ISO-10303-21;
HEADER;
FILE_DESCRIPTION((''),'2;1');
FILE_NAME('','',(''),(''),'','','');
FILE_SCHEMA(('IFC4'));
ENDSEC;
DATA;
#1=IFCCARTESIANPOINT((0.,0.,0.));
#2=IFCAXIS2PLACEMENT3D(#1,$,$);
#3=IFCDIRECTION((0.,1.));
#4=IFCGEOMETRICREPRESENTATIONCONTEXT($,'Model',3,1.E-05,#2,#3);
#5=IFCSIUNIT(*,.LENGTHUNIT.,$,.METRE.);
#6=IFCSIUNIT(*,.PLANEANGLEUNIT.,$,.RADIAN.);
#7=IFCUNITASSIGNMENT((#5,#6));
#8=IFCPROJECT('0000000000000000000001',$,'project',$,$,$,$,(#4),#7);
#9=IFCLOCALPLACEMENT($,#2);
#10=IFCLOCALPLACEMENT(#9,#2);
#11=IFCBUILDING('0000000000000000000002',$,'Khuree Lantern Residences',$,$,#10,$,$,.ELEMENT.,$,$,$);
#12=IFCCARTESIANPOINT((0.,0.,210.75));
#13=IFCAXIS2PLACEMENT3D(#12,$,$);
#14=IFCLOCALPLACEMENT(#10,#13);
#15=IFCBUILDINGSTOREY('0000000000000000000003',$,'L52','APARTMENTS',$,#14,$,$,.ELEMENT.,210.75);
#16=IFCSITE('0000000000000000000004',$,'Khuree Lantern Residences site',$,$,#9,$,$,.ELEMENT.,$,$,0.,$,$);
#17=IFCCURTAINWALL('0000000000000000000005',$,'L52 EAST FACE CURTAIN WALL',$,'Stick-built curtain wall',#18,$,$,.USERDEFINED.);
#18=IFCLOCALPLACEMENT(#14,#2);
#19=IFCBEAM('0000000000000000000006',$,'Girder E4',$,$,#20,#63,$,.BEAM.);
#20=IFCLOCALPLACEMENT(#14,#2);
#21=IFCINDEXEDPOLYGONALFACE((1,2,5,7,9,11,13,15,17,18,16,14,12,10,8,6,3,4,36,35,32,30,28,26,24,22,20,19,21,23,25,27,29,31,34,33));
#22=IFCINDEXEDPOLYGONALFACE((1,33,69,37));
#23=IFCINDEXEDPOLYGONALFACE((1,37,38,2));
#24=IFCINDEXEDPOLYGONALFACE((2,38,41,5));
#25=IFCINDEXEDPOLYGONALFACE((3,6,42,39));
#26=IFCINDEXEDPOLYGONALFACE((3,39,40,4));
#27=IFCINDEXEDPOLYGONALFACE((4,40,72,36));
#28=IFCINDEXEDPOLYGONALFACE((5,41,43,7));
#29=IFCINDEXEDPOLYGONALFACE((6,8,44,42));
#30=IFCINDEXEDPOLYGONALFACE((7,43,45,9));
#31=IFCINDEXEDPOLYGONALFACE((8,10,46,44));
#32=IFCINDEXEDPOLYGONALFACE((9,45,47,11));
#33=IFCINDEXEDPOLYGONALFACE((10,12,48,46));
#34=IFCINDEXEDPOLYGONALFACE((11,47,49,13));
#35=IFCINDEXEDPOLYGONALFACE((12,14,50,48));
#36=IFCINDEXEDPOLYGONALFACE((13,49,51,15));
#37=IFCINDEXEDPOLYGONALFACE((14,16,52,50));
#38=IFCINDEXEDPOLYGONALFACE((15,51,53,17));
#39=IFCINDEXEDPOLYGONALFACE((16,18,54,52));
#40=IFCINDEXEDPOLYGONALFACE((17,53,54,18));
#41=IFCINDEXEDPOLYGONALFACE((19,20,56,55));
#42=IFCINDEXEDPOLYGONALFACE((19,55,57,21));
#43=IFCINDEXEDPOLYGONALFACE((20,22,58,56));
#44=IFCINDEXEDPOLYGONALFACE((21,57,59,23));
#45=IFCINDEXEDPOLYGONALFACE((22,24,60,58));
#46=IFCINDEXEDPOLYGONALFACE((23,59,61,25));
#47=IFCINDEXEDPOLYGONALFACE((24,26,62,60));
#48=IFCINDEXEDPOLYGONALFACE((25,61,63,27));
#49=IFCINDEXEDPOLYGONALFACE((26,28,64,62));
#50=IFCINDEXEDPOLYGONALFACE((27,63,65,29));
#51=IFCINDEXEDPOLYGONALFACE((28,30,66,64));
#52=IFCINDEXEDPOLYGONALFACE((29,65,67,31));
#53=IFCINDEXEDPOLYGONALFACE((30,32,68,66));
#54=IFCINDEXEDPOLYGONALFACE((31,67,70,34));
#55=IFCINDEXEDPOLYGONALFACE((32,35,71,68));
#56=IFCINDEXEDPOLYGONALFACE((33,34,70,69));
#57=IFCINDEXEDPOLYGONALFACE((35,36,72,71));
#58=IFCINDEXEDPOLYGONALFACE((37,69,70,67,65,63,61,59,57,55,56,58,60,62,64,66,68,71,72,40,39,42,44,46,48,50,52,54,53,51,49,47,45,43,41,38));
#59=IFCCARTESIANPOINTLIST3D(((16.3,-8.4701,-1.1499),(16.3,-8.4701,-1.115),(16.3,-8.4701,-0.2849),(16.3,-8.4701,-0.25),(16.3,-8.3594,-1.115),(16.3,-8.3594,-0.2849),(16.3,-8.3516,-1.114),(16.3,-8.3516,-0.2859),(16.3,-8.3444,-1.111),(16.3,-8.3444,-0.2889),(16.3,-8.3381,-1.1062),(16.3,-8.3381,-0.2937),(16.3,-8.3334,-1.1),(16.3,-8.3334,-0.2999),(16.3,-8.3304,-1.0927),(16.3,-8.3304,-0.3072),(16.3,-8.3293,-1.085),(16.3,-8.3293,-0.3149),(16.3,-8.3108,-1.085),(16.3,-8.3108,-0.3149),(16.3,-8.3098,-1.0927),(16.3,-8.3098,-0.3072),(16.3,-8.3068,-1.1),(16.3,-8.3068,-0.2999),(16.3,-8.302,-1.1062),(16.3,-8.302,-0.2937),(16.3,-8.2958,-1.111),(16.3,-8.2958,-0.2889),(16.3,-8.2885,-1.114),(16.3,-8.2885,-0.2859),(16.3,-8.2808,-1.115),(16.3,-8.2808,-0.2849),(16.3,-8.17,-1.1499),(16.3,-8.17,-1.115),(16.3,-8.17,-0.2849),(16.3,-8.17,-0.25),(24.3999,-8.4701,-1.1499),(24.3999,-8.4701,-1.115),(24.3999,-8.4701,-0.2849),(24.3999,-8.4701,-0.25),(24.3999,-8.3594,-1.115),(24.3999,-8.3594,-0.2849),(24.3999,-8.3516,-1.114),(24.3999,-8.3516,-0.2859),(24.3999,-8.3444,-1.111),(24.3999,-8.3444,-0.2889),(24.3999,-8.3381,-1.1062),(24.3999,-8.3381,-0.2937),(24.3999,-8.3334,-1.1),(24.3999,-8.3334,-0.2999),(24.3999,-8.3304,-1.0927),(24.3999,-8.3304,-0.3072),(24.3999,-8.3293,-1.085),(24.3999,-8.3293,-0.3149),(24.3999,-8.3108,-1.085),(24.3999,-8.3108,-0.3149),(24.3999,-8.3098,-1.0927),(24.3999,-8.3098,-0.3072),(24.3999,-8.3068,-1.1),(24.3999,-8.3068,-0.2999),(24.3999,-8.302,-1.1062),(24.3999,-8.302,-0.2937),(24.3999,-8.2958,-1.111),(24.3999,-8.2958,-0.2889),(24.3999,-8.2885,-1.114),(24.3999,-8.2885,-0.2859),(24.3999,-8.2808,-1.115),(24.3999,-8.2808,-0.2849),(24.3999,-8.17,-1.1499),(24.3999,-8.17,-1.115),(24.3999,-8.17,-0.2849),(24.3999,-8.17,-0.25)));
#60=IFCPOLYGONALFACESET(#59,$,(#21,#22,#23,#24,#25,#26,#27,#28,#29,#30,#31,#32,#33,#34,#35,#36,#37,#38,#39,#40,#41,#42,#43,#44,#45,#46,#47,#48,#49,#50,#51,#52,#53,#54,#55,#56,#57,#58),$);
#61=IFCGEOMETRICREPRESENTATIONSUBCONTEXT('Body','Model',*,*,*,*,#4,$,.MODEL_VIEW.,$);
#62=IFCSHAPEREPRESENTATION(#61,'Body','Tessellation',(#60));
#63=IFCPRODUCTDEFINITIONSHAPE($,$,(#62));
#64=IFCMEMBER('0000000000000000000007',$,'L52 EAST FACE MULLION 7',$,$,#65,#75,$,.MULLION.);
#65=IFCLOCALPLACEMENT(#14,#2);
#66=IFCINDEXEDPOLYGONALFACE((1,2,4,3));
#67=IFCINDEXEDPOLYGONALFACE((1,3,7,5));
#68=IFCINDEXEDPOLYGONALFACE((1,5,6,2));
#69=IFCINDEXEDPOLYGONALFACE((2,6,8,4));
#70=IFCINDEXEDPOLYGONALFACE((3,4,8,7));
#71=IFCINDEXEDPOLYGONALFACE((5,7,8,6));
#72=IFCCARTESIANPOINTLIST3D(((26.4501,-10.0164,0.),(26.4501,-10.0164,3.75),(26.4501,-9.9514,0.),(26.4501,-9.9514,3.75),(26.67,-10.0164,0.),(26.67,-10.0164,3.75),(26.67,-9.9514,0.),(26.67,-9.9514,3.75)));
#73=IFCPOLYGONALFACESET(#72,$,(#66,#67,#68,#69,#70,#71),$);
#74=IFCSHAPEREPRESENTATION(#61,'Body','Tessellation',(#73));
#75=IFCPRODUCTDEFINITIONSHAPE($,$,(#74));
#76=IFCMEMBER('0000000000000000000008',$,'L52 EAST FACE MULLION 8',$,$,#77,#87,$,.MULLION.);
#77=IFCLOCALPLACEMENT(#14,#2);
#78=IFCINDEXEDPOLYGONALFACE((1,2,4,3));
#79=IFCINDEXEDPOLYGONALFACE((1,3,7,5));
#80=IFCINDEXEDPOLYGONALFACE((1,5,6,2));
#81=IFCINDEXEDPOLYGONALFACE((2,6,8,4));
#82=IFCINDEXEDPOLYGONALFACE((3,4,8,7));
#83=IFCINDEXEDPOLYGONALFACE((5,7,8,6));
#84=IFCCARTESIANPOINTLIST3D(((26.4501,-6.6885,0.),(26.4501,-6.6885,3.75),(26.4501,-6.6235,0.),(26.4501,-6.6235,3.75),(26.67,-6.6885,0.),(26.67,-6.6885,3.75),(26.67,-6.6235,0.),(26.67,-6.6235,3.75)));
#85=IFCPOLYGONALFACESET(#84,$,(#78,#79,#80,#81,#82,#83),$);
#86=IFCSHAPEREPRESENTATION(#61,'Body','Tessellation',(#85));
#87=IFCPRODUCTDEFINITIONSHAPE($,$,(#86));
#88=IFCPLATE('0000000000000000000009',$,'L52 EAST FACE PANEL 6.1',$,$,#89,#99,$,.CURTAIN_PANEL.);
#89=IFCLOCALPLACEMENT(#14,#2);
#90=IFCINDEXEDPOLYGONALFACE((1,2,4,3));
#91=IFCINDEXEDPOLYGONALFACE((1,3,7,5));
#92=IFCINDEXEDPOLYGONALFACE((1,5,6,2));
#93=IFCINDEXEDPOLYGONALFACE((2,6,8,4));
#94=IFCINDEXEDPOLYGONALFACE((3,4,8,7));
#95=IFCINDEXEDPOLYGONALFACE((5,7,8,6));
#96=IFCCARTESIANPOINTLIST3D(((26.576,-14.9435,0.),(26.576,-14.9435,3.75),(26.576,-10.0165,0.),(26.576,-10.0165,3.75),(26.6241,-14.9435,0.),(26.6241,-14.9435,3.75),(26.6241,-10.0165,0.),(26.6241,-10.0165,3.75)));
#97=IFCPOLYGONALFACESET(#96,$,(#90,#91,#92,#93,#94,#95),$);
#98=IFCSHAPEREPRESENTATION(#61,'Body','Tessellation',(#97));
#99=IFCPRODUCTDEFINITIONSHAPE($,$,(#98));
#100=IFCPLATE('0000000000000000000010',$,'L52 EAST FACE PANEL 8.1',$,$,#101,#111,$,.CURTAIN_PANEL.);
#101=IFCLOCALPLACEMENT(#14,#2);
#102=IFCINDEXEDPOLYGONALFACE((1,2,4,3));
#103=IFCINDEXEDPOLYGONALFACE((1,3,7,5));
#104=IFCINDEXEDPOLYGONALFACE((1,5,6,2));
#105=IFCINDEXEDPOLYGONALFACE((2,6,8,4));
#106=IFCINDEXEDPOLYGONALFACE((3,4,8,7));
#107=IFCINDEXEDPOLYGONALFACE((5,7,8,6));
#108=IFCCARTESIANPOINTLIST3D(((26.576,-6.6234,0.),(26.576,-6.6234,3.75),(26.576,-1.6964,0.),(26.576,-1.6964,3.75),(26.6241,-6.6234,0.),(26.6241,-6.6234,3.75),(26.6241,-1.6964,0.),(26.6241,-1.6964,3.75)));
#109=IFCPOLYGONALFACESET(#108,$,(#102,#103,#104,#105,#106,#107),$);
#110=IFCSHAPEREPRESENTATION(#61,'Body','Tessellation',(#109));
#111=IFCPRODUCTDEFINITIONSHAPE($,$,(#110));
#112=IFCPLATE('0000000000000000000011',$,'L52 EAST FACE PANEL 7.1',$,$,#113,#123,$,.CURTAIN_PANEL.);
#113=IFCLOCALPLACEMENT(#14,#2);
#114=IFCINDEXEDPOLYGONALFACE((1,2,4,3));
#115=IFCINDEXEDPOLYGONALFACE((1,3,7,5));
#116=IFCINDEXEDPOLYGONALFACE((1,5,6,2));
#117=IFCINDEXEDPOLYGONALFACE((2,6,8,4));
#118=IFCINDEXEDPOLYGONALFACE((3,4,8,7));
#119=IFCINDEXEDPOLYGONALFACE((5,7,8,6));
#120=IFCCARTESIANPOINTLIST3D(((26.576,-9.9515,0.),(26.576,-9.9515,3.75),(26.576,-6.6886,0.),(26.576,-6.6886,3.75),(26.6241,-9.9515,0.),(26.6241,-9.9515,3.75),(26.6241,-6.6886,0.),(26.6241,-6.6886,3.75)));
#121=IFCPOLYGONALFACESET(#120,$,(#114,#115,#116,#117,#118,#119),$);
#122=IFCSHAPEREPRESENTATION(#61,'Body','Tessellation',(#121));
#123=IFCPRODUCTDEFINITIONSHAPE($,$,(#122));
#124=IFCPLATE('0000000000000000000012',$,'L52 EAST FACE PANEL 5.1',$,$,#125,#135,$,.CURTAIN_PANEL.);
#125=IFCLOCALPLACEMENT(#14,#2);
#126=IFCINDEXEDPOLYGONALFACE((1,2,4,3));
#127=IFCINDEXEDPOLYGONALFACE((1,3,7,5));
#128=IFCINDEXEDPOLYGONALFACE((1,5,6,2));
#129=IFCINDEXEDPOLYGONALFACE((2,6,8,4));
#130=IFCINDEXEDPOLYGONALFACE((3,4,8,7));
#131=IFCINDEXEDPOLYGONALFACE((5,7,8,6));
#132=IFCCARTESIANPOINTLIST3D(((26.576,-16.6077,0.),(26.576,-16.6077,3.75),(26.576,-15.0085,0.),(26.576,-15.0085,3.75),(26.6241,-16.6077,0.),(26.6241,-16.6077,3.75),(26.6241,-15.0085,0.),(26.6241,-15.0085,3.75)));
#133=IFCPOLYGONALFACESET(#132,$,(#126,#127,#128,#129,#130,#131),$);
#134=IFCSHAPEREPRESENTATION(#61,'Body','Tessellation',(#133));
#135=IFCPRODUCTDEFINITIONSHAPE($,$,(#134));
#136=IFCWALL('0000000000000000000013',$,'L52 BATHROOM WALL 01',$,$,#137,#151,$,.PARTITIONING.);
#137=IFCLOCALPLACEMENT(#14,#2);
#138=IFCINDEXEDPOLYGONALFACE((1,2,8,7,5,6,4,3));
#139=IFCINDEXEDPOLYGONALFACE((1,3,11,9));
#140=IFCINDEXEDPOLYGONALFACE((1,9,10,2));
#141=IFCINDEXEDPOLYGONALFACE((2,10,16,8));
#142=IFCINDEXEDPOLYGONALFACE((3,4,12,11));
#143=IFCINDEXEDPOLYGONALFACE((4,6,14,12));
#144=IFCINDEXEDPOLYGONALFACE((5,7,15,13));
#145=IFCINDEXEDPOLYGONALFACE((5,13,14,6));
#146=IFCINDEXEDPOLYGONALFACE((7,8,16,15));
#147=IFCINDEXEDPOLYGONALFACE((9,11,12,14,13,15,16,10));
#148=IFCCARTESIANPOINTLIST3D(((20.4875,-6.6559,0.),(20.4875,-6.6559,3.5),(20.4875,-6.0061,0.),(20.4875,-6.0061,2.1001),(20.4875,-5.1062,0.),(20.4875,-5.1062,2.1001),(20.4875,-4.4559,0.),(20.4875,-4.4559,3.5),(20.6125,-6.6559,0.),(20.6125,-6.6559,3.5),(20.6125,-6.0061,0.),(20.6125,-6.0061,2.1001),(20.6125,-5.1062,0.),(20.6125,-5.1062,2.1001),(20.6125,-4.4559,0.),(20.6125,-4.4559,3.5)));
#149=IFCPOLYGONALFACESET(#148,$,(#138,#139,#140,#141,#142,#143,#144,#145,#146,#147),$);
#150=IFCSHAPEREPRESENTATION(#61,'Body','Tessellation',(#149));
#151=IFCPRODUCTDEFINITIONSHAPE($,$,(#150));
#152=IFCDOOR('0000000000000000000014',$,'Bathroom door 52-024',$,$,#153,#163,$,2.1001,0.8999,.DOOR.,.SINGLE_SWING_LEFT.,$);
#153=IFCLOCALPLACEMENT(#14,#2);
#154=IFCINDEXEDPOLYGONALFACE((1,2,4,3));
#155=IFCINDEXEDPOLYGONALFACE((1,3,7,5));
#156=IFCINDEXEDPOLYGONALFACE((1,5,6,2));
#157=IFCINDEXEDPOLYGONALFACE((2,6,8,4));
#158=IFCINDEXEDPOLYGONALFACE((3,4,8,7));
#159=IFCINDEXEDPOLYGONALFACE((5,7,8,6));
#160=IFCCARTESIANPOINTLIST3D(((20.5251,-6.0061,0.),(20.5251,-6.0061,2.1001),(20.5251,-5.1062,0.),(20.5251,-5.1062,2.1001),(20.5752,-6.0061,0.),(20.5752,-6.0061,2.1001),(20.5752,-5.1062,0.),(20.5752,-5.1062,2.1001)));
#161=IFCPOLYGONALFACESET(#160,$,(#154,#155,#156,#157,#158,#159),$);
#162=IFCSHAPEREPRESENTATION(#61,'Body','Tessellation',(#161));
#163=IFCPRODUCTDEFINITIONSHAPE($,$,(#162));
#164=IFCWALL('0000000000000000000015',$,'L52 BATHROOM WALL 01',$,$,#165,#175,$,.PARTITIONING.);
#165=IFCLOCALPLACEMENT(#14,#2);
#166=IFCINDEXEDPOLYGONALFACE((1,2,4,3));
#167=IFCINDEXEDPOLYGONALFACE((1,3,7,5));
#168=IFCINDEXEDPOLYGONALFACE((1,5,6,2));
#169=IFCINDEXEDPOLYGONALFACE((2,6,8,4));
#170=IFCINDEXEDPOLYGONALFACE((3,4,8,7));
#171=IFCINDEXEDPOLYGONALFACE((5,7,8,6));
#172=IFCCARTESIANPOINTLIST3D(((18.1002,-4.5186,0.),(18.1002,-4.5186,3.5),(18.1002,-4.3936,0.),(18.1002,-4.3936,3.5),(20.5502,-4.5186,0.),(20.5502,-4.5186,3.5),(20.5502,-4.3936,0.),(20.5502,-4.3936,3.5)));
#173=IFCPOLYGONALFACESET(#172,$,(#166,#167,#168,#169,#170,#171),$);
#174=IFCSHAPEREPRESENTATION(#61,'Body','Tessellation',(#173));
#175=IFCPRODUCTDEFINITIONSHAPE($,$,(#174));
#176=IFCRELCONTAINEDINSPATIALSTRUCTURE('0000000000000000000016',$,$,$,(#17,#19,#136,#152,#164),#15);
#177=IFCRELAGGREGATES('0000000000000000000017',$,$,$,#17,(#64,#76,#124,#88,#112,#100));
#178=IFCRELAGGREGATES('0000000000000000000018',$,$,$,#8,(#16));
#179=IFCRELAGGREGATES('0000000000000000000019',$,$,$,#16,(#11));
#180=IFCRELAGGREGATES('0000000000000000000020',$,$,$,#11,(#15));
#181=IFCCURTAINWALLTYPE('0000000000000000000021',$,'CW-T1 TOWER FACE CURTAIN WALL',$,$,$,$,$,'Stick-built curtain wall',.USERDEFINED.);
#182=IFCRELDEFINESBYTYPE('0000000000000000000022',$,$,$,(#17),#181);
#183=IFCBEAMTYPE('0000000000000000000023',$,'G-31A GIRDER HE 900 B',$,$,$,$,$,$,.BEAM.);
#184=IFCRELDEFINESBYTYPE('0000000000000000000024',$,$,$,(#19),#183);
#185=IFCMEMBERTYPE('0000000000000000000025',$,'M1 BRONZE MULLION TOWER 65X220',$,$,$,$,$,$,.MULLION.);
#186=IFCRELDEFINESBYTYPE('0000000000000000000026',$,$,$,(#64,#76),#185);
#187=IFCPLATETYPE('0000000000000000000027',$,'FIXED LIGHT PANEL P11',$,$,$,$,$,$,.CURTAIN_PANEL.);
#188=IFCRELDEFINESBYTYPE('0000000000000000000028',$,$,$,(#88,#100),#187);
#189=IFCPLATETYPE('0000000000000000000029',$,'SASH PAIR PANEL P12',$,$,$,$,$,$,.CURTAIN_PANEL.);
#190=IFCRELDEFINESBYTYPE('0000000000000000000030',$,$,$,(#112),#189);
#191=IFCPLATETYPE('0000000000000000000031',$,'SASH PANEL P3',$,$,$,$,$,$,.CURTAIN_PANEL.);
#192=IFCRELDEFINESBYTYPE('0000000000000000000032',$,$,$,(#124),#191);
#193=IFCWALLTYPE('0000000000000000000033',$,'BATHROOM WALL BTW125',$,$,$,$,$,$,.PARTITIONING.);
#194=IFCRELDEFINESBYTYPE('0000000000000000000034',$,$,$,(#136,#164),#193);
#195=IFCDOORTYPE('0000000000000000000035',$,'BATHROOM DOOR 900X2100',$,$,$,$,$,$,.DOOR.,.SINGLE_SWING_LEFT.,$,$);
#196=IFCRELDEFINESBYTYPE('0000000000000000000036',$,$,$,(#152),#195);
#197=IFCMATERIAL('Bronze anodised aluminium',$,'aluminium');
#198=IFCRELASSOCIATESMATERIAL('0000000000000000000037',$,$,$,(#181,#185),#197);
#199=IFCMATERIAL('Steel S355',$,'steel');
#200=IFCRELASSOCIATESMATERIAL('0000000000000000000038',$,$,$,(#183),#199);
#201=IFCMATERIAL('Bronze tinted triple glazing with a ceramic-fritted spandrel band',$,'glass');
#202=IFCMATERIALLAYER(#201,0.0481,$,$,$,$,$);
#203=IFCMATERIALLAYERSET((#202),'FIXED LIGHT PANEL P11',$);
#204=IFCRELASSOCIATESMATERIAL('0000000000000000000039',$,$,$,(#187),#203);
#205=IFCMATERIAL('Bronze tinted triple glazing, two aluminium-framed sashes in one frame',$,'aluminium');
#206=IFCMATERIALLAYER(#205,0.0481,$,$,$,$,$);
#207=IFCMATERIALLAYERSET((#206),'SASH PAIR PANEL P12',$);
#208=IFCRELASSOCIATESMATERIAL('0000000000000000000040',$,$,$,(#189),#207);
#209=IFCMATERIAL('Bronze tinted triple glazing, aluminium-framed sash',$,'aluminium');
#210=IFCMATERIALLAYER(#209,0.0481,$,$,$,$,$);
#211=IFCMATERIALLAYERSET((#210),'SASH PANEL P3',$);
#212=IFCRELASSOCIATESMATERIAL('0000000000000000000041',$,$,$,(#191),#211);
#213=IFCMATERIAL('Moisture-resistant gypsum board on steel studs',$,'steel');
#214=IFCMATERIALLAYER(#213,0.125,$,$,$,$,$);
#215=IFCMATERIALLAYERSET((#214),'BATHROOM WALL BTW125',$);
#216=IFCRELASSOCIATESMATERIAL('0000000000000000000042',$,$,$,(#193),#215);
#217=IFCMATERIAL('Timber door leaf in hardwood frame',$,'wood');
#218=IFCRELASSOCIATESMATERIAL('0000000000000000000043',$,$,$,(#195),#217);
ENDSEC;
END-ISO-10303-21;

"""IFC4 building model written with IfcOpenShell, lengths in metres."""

from ifc_helpers import new_model, si_unit, direction, frame, frame_2d, origin, origin_2d, place, context, subcontext, project, spatial, rectangle, i_section, extrude, material, layer, layer_set, material_profile, profile_set, type_object, element, fill, aggregate, save


model = new_model("IFC4")

# Units and contexts
model_context = context("Model", 3, precision=1e-05, world=origin(), true_north=direction((0.0, 1.0)))
body_context = subcontext(model_context, "Body", "Model", "MODEL_VIEW")
ifc_project = project(units=[si_unit("LENGTHUNIT", "METRE"), si_unit("PLANEANGLEUNIT", "RADIAN")], contexts=[model_context])

# Site, building, storey
site_placement = place(None, origin())
site = spatial("IfcSite", under=ifc_project, at=site_placement, Name="Khuree Lantern Residences site", CompositionType="ELEMENT", RefElevation=0.0)
building_placement = place(site_placement, origin())
building = spatial("IfcBuilding", under=site, at=building_placement, Name="Khuree Lantern Residences", CompositionType="ELEMENT")
storey_placement = place(building_placement, frame((0.0, 0.0, 210.75)))
storey = spatial("IfcBuildingStorey", under=building, at=storey_placement, Name="L52", Description="APARTMENTS", CompositionType="ELEMENT", Elevation=210.75)

# Shared definitions
ifc_material_1 = material(Name="Steel S355", Category="steel")

# Curtain wall
ifc_material_2 = material(Name="Bronze anodised aluminium", Category="aluminium")
curtain_wall_type = type_object("IfcCurtainWallType", Name="CW-T1 TOWER FACE CURTAIN WALL", ElementType="Stick-built curtain wall", PredefinedType="USERDEFINED", material=ifc_material_2)
curtain_wall_placement = place(storey_placement, origin())
curtain_wall = element("IfcCurtainWall", 1, at=curtain_wall_placement, inside=storey, type_object=curtain_wall_type, Name="L52 EAST FACE CURTAIN WALL", ObjectType="Stick-built curtain wall", PredefinedType="USERDEFINED")

# Beam
ifc_material_profile_1 = material_profile(ifc_material_1, i_section(OverallWidth=0.3, OverallDepth=0.8999, WebThickness=0.0186, FlangeThickness=0.0349, FilletRadius=0.03, at=origin_2d()), Name="HE 900 B")
ifc_profile_set_1 = profile_set([ifc_material_profile_1], Name="Steel S355")
beam_type_1 = type_object("IfcBeamType", Name="G-31A GIRDER HE 900 B", PredefinedType="BEAM", material=ifc_profile_set_1)
beam_1_placement = place(storey_placement, frame((24.3999, -8.3201, -0.7), z_axis=(-1.0, 0.0, 0.0), x_axis=(0.0, -1.0, 0.0)))
element("IfcBeam", 2, at=beam_1_placement, inside=storey, type_object=beam_type_1, Name="Girder E4", PredefinedType="BEAM", context=body_context, shape_type="SweptSolid", body=[
    extrude(i_section(OverallWidth=0.3, OverallDepth=0.8999, WebThickness=0.0186, FlangeThickness=0.0349, FilletRadius=0.03, at=origin_2d()), origin(), (0.0, 0.0, 1.0), 8.0999),
])

# Members
ifc_material_profile_2 = material_profile(ifc_material_2, rectangle(XDim=0.0649, YDim=0.22, at=origin_2d()), Name="M1 65X220")
ifc_profile_set_2 = profile_set([ifc_material_profile_2], Name="Bronze anodised aluminium")
member_type_1 = type_object("IfcMemberType", Name="M1 BRONZE MULLION TOWER 65X220", PredefinedType="MULLION", material=ifc_profile_set_2)
member_1_placement = place(storey_placement, frame((26.5601, -9.9839, 0.0), z_axis=(0.0, 0.0, 1.0), x_axis=(0.0, 1.0, 0.0)))
member_1 = element("IfcMember", 3, at=member_1_placement, type_object=member_type_1, Name="L52 EAST FACE MULLION 7", PredefinedType="MULLION", context=body_context, shape_type="SweptSolid", body=[
    extrude(rectangle(XDim=0.0649, YDim=0.22, at=origin_2d()), origin(), (0.0, 0.0, 1.0), 3.75),
])
member_2_placement = place(storey_placement, frame((26.5601, -6.656, 0.0), z_axis=(0.0, 0.0, 1.0), x_axis=(0.0, 1.0, 0.0)))
member_2 = element("IfcMember", 4, at=member_2_placement, type_object=member_type_1, Name="L52 EAST FACE MULLION 8", PredefinedType="MULLION", context=body_context, shape_type="SweptSolid", body=[
    extrude(rectangle(XDim=0.0649, YDim=0.22, at=origin_2d()), origin(), (0.0, 0.0, 1.0), 3.75),
])

# Plates
ifc_material_3 = material(Name="Bronze tinted triple glazing with a ceramic-fritted spandrel band", Category="glass")
ifc_layer_1 = layer(ifc_material_3, 0.0481)
ifc_layer_set_1 = layer_set([ifc_layer_1], Name="FIXED LIGHT PANEL P11")
plate_type_1 = type_object("IfcPlateType", Name="FIXED LIGHT PANEL P11", PredefinedType="CURTAIN_PANEL", material=ifc_layer_set_1)
plate_1_placement = place(storey_placement, frame((26.6001, -12.48, 0.0), z_axis=(0.0, 0.0, 1.0), x_axis=(0.0, 1.0, 0.0)))
plate_1 = element("IfcPlate", 5, at=plate_1_placement, type_object=plate_type_1, Name="L52 EAST FACE PANEL 6.1", PredefinedType="CURTAIN_PANEL", context=body_context, shape_type="SweptSolid", body=[
    extrude(rectangle(XDim=4.927, YDim=0.0481, at=origin_2d()), origin(), (0.0, 0.0, 1.0), 3.75),
])
plate_2_placement = place(storey_placement, frame((26.6001, -4.1599, 0.0), z_axis=(0.0, 0.0, 1.0), x_axis=(0.0, 1.0, 0.0)))
plate_2 = element("IfcPlate", 6, at=plate_2_placement, type_object=plate_type_1, Name="L52 EAST FACE PANEL 8.1", PredefinedType="CURTAIN_PANEL", context=body_context, shape_type="SweptSolid", body=[
    extrude(rectangle(XDim=4.927, YDim=0.0481, at=origin_2d()), origin(), (0.0, 0.0, 1.0), 3.75),
])
ifc_material_4 = material(Name="Bronze tinted triple glazing, two aluminium-framed sashes in one frame", Category="aluminium")
ifc_layer_2 = layer(ifc_material_4, 0.0481)
ifc_layer_set_2 = layer_set([ifc_layer_2], Name="SASH PAIR PANEL P12")
plate_type_2 = type_object("IfcPlateType", Name="SASH PAIR PANEL P12", PredefinedType="CURTAIN_PANEL", material=ifc_layer_set_2)
plate_3_placement = place(storey_placement, frame((26.6001, -8.3201, 0.0), z_axis=(0.0, 0.0, 1.0), x_axis=(0.0, 1.0, 0.0)))
plate_3 = element("IfcPlate", 7, at=plate_3_placement, type_object=plate_type_2, Name="L52 EAST FACE PANEL 7.1", PredefinedType="CURTAIN_PANEL", context=body_context, shape_type="SweptSolid", body=[
    extrude(rectangle(XDim=3.2629, YDim=0.0481, at=origin_2d()), origin(), (0.0, 0.0, 1.0), 3.75),
])
ifc_material_5 = material(Name="Bronze tinted triple glazing, aluminium-framed sash", Category="aluminium")
ifc_layer_3 = layer(ifc_material_5, 0.0481)
ifc_layer_set_3 = layer_set([ifc_layer_3], Name="SASH PANEL P3")
plate_type_3 = type_object("IfcPlateType", Name="SASH PANEL P3", PredefinedType="CURTAIN_PANEL", material=ifc_layer_set_3)
plate_4_placement = place(storey_placement, frame((26.6001, -15.8081, 0.0), z_axis=(0.0, 0.0, 1.0), x_axis=(0.0, 1.0, 0.0)))
plate_4 = element("IfcPlate", 8, at=plate_4_placement, type_object=plate_type_3, Name="L52 EAST FACE PANEL 5.1", PredefinedType="CURTAIN_PANEL", context=body_context, shape_type="SweptSolid", body=[
    extrude(rectangle(XDim=1.5991, YDim=0.0481, at=origin_2d()), origin(), (0.0, 0.0, 1.0), 3.75),
])
aggregate(curtain_wall, [member_1, member_2, plate_4, plate_1, plate_3, plate_2])

# Wall, opening, door
ifc_material_6 = material(Name="Moisture-resistant gypsum board on steel studs", Category="steel")
ifc_layer_4 = layer(ifc_material_6, 0.125)
ifc_layer_set_4 = layer_set([ifc_layer_4], Name="BATHROOM WALL BTW125")
wall_type_1 = type_object("IfcWallType", Name="BATHROOM WALL BTW125", PredefinedType="PARTITIONING", material=ifc_layer_set_4)
wall_1_placement = place(storey_placement, frame((20.55, -6.656, 0.0), z_axis=(0.0, 0.0, 1.0), x_axis=(0.0, 1.0, 0.0)))
wall_1 = element("IfcWall", 9, at=wall_1_placement, inside=storey, type_object=wall_type_1, Name="L52 BATHROOM WALL 01", PredefinedType="PARTITIONING", context=body_context, shape_type="SweptSolid", body=[
    extrude(rectangle(XDim=2.2, YDim=0.125, at=frame_2d((1.1001, 0.0))), origin(), (0.0, 0.0, 1.0), 3.5),
])
opening_1_placement = place(wall_1_placement, frame((0.6499, 0.0, 0.0)))
opening_1 = element("IfcOpeningElement", 10, at=opening_1_placement, cuts=wall_1, PredefinedType="OPENING", context=body_context, shape_type="SweptSolid", body=[
    extrude(rectangle(XDim=0.8999, YDim=2.1001, at=frame_2d((0.45, 1.05))), frame((0.0, 0.0725, 0.0), z_axis=(0.0, -1.0, 0.0), x_axis=(1.0, 0.0, 0.0)), (0.0, 0.0, 1.0), 0.145),
])
ifc_material_7 = material(Name="Timber door leaf in hardwood frame", Category="wood")
door_type_1 = type_object("IfcDoorType", Name="BATHROOM DOOR 900X2100", OperationType="SINGLE_SWING_LEFT", PredefinedType="DOOR", material=ifc_material_7)
door_1_placement = place(opening_1_placement, origin())
door_1 = element("IfcDoor", 11, at=door_1_placement, inside=storey, type_object=door_type_1, Name="Bathroom door 52-024", OperationType="SINGLE_SWING_LEFT", OverallHeight=2.1001, OverallWidth=0.8999, PredefinedType="DOOR", context=body_context, shape_type="SweptSolid", body=[
    extrude(rectangle(XDim=0.8999, YDim=2.1001, at=frame_2d((0.45, 1.05))), frame((0.0, 0.0249, 0.0), z_axis=(0.0, -1.0, 0.0), x_axis=(1.0, 0.0, 0.0)), (0.0, 0.0, 1.0), 0.05),
])
fill(opening_1, door_1)

# Wall
wall_2_placement = place(storey_placement, frame((18.1001, -4.4561, 0.0), z_axis=(0.0, 0.0, 1.0), x_axis=(1.0, 0.0, 0.0)))
element("IfcWall", 12, at=wall_2_placement, inside=storey, type_object=wall_type_1, Name="L52 BATHROOM WALL 01", PredefinedType="PARTITIONING", context=body_context, shape_type="SweptSolid", body=[
    extrude(rectangle(XDim=2.45, YDim=0.125, at=frame_2d((1.2251, 0.0))), origin(), (0.0, 0.0, 1.0), 3.5),
])

save(model, "model.ifc")
